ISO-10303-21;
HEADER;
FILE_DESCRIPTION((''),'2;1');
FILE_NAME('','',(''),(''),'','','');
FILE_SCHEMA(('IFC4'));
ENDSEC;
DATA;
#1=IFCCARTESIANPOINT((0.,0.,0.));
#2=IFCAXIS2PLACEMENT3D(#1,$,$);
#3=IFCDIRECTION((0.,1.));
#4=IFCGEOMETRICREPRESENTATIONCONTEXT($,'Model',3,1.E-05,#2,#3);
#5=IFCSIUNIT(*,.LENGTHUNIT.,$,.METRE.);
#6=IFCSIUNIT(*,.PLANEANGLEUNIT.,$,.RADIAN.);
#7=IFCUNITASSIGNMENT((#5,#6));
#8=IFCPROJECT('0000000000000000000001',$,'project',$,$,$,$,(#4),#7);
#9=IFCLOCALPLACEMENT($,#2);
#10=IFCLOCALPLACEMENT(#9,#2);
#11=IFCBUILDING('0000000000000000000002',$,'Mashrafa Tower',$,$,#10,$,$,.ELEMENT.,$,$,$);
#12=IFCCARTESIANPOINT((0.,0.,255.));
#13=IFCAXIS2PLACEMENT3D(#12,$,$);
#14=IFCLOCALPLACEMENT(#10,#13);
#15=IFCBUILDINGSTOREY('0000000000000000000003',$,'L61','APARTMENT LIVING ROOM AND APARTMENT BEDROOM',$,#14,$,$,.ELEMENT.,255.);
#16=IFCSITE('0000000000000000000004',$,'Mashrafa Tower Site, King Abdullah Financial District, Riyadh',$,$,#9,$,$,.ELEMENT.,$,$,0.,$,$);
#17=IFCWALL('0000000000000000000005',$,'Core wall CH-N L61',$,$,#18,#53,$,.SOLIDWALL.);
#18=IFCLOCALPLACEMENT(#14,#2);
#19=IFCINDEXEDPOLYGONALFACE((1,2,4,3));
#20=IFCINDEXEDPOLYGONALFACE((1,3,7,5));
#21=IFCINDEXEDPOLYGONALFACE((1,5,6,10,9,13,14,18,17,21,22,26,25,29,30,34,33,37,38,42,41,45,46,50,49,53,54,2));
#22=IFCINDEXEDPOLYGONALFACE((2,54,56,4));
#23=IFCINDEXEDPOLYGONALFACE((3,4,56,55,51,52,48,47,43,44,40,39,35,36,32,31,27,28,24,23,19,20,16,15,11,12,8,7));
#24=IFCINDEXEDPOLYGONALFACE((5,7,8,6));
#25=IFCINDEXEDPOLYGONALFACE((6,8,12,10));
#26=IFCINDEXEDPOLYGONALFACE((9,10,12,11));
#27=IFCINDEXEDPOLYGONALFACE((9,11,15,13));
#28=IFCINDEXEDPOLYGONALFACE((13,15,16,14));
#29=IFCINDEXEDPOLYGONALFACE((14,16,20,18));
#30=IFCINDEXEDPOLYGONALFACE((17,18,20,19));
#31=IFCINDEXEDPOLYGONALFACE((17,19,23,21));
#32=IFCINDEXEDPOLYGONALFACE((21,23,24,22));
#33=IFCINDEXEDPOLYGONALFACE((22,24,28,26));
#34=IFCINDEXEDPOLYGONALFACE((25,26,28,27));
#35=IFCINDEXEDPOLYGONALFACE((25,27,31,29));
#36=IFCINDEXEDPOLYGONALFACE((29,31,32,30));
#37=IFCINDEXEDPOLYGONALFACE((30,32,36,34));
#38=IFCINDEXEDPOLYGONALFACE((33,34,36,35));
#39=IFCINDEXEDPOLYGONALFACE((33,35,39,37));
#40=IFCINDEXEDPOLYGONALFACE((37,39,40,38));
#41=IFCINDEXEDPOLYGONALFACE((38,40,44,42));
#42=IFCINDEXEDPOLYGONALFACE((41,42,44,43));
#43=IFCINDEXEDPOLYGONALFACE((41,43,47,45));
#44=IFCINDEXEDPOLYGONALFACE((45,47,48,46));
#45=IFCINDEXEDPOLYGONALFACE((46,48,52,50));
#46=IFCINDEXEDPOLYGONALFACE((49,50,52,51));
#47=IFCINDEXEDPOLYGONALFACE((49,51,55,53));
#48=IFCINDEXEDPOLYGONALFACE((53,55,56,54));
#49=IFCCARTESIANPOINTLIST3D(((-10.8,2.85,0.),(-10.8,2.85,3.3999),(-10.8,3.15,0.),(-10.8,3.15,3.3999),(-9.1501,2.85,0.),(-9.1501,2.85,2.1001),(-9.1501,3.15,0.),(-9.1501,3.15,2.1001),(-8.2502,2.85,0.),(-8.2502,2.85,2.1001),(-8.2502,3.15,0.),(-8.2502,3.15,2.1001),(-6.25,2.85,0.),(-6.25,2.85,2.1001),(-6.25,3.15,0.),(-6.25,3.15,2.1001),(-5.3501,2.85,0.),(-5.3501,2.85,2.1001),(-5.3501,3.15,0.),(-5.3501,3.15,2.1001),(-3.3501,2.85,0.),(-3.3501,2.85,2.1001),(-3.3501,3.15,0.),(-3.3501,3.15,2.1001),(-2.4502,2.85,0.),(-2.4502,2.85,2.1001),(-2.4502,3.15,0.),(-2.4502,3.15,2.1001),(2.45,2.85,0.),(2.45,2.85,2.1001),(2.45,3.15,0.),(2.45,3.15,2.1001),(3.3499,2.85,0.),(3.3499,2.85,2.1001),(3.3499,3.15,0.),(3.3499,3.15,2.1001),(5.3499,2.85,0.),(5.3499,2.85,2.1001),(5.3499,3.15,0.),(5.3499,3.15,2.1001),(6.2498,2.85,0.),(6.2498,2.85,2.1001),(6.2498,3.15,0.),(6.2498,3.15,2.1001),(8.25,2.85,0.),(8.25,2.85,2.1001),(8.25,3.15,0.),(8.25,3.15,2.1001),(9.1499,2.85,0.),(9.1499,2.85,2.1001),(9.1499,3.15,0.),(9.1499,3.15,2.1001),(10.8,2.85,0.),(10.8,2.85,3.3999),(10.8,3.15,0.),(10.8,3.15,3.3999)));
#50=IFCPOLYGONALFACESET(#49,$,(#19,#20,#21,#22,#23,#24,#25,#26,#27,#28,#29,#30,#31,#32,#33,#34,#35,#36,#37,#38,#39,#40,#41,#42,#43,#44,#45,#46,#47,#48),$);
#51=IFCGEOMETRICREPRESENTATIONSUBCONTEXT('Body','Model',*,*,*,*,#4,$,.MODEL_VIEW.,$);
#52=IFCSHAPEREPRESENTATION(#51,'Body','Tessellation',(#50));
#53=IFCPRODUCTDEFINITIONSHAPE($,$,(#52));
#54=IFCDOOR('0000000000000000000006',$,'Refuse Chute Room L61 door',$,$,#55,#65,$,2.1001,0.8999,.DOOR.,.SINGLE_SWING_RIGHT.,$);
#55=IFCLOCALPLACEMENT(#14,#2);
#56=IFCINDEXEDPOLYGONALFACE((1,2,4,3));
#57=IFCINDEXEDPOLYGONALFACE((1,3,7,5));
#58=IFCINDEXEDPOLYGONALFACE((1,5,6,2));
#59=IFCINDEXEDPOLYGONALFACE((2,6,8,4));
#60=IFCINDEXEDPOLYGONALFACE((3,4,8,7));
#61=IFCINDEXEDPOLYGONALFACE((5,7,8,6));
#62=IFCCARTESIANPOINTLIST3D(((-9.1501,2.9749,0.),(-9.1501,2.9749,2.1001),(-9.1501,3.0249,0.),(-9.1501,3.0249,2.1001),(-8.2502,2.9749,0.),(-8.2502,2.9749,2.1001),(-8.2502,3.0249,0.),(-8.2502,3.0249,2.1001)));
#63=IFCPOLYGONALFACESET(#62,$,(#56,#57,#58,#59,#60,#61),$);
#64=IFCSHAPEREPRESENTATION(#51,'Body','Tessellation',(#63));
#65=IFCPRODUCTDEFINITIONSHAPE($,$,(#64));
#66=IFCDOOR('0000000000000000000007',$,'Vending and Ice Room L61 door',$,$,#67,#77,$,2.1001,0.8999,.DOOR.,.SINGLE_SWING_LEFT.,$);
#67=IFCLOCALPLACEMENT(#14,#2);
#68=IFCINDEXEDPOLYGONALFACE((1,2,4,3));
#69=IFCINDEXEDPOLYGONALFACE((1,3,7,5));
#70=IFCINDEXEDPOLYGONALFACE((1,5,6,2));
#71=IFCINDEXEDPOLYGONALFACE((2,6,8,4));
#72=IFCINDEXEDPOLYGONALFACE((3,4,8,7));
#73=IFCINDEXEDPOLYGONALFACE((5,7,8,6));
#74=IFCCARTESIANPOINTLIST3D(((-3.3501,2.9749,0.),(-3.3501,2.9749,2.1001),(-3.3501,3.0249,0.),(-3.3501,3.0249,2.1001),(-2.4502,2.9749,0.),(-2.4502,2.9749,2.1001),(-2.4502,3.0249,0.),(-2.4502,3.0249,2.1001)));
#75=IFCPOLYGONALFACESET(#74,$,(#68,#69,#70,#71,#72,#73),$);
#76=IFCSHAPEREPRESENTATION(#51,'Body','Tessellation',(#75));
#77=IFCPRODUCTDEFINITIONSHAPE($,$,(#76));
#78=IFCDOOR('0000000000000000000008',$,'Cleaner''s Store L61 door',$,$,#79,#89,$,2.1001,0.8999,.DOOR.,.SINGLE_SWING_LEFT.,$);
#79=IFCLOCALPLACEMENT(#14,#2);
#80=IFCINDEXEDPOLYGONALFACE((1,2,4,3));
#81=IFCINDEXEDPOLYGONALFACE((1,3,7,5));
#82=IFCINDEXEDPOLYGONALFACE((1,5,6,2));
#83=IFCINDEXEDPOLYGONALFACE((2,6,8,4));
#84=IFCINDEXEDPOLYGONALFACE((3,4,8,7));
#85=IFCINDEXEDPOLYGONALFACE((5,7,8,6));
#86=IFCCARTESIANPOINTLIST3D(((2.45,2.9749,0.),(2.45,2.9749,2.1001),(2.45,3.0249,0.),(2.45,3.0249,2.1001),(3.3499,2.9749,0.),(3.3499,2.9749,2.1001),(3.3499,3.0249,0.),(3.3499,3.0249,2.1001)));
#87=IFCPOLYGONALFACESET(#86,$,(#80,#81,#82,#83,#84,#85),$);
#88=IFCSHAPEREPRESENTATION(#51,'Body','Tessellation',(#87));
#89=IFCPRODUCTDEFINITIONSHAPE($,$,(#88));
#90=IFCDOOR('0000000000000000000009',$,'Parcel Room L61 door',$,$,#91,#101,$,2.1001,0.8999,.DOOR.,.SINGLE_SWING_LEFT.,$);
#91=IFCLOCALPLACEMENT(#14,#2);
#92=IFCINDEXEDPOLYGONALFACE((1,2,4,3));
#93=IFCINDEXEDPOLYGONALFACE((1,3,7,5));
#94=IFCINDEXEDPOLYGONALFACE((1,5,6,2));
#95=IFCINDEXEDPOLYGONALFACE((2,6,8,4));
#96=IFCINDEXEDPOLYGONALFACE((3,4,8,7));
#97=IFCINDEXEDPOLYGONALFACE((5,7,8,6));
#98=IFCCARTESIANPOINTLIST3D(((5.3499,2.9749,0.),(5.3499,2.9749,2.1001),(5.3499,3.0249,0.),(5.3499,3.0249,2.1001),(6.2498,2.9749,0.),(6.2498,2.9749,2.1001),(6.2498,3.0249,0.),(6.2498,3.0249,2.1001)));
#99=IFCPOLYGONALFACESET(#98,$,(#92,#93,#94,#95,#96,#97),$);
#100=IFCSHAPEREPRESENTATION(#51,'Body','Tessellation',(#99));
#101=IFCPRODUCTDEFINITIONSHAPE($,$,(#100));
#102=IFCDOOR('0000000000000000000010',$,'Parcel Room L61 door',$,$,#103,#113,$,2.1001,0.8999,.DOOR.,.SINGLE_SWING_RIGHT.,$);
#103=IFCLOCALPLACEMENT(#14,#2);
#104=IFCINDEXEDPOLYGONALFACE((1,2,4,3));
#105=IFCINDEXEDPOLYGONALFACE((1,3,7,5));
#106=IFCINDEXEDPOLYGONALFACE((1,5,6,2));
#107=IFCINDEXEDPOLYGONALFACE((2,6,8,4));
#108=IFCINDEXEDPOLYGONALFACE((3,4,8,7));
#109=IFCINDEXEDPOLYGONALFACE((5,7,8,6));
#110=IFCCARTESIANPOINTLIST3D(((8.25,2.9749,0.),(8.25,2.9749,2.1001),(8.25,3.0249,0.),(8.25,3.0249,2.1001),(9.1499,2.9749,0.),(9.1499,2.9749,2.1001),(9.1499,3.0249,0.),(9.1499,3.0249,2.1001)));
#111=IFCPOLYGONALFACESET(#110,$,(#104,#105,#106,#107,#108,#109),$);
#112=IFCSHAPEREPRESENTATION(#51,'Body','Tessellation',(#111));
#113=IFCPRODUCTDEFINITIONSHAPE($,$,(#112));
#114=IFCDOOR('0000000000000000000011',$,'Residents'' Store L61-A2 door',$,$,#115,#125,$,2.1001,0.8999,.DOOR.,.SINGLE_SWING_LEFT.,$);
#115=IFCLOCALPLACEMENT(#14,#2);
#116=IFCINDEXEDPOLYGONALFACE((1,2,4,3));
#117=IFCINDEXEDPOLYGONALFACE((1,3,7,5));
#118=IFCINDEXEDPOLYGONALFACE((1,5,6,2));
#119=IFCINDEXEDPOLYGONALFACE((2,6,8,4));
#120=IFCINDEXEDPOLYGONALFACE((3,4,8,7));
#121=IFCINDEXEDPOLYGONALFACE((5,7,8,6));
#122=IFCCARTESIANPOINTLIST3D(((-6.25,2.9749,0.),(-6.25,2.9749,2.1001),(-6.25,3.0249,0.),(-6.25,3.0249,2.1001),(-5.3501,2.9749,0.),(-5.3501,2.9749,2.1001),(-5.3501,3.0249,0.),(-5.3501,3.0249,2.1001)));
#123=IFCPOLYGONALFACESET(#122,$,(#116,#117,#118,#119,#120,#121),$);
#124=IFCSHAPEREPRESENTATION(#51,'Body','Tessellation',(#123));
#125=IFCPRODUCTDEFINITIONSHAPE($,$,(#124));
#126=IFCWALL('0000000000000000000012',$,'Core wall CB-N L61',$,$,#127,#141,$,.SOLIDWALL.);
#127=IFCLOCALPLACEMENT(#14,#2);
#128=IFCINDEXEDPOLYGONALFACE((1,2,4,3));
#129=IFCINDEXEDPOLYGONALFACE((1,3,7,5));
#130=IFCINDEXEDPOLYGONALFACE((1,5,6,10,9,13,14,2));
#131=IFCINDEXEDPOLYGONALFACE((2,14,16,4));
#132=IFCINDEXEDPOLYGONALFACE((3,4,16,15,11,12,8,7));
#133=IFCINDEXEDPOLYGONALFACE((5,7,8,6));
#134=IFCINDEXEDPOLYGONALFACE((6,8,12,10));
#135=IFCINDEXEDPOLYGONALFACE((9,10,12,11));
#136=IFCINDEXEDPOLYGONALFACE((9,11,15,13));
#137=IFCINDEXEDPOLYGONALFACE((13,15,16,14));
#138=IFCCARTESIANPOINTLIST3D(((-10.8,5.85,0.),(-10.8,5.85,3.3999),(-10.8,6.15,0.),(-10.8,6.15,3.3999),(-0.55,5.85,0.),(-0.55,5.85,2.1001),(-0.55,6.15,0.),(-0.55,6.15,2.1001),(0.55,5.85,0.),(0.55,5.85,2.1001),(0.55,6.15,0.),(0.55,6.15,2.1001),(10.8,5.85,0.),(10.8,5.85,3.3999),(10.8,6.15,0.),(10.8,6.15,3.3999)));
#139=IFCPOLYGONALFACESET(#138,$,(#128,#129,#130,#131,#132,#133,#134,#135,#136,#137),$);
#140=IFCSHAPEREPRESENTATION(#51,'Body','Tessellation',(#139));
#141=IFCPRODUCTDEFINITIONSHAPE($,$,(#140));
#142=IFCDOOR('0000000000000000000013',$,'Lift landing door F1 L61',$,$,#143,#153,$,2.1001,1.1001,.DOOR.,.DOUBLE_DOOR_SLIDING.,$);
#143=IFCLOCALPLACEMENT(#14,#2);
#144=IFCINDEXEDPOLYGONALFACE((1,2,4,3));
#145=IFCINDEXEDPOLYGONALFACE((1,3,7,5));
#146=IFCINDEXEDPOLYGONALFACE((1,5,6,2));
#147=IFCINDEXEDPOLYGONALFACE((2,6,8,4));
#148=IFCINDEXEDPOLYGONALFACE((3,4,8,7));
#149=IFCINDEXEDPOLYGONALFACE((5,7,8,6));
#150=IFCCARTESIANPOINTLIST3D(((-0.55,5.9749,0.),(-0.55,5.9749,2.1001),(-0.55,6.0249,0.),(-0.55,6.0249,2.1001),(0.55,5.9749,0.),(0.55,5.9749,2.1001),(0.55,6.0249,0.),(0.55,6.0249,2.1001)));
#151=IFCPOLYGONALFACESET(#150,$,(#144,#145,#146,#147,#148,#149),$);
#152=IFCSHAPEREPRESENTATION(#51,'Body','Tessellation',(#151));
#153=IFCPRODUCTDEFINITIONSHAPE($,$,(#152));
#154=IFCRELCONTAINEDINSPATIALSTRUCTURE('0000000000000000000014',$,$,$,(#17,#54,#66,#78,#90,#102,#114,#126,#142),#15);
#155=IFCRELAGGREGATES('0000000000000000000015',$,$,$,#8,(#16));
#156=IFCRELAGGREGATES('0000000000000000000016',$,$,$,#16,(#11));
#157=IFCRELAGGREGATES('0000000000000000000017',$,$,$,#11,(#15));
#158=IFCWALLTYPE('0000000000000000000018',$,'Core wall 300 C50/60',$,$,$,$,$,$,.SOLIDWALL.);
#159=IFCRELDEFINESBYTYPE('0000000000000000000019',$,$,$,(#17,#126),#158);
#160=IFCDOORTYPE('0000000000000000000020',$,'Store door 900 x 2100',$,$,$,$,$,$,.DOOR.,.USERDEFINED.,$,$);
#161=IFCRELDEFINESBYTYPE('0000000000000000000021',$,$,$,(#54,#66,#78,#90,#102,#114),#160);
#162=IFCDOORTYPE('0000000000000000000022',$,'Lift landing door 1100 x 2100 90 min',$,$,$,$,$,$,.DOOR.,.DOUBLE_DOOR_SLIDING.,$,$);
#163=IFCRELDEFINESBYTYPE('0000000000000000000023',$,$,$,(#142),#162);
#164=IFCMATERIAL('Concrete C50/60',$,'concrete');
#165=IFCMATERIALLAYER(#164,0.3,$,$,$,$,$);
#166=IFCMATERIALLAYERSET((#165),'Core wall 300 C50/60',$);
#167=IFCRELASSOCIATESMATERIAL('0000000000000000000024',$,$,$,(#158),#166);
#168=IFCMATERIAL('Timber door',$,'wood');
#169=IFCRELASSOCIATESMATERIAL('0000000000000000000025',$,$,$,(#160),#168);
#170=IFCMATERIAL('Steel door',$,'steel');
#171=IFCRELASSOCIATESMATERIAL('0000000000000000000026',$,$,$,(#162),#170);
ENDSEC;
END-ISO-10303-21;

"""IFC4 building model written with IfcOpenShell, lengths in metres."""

from ifc_helpers import new_model, si_unit, direction, frame, frame_2d, origin, place, context, subcontext, project, spatial, rectangle, extrude, material, layer, layer_set, type_object, element, fill, save


model = new_model("IFC4")

# Units and contexts
model_context = context("Model", 3, precision=1e-05, world=origin(), true_north=direction((0.0, 1.0)))
body_context = subcontext(model_context, "Body", "Model", "MODEL_VIEW")
ifc_project = project(units=[si_unit("LENGTHUNIT", "METRE"), si_unit("PLANEANGLEUNIT", "RADIAN")], contexts=[model_context])

# Site, building, storey
site_placement = place(None, origin())
site = spatial("IfcSite", under=ifc_project, at=site_placement, Name="Mashrafa Tower Site, King Abdullah Financial District, Riyadh", CompositionType="ELEMENT", RefElevation=0.0)
building_placement = place(site_placement, origin())
building = spatial("IfcBuilding", under=site, at=building_placement, Name="Mashrafa Tower", CompositionType="ELEMENT")
storey_placement = place(building_placement, frame((0.0, 0.0, 255.0)))
storey = spatial("IfcBuildingStorey", under=building, at=storey_placement, Name="L61", Description="APARTMENT LIVING ROOM AND APARTMENT BEDROOM", CompositionType="ELEMENT", Elevation=255.0)

# Wall, openings, doors
ifc_material_1 = material(Name="Concrete C50/60", Category="concrete")
ifc_layer_1 = layer(ifc_material_1, 0.3)
ifc_layer_set_1 = layer_set([ifc_layer_1], Name="Core wall 300 C50/60")
wall_type_1 = type_object("IfcWallType", Name="Core wall 300 C50/60", PredefinedType="SOLIDWALL", material=ifc_layer_set_1)
wall_1_placement = place(storey_placement, frame((-10.8, 3.0, 0.0), z_axis=(0.0, 0.0, 1.0), x_axis=(1.0, 0.0, 0.0)))
wall_1 = element("IfcWall", 1, at=wall_1_placement, inside=storey, type_object=wall_type_1, Name="Core wall CH-N L61", PredefinedType="SOLIDWALL", context=body_context, shape_type="SweptSolid", body=[
    extrude(rectangle(XDim=21.6001, YDim=0.3, at=frame_2d((10.8, 0.0))), origin(), (0.0, 0.0, 1.0), 3.3999),
])
opening_1_placement = place(wall_1_placement, frame((1.6499, 0.0, 0.0)))
opening_1 = element("IfcOpeningElement", 2, at=opening_1_placement, cuts=wall_1, PredefinedType="OPENING", context=body_context, shape_type="SweptSolid", body=[
    extrude(rectangle(XDim=0.8999, YDim=2.1001, at=frame_2d((0.45, 1.05))), frame((0.0, 0.1599, 0.0), z_axis=(0.0, -1.0, 0.0), x_axis=(1.0, 0.0, 0.0)), (0.0, 0.0, 1.0), 0.3201),
])
opening_2_placement = place(wall_1_placement, frame((7.45, 0.0, 0.0)))
opening_2 = element("IfcOpeningElement", 3, at=opening_2_placement, cuts=wall_1, PredefinedType="OPENING", context=body_context, shape_type="SweptSolid", body=[
    extrude(rectangle(XDim=0.8999, YDim=2.1001, at=frame_2d((0.45, 1.05))), frame((0.0, 0.1599, 0.0), z_axis=(0.0, -1.0, 0.0), x_axis=(1.0, 0.0, 0.0)), (0.0, 0.0, 1.0), 0.3201),
])
opening_3_placement = place(wall_1_placement, frame((13.25, 0.0, 0.0)))
opening_3 = element("IfcOpeningElement", 4, at=opening_3_placement, cuts=wall_1, PredefinedType="OPENING", context=body_context, shape_type="SweptSolid", body=[
    extrude(rectangle(XDim=0.8999, YDim=2.1001, at=frame_2d((0.45, 1.05))), frame((0.0, 0.1599, 0.0), z_axis=(0.0, -1.0, 0.0), x_axis=(1.0, 0.0, 0.0)), (0.0, 0.0, 1.0), 0.3201),
])
opening_4_placement = place(wall_1_placement, frame((16.1499, 0.0, 0.0)))
opening_4 = element("IfcOpeningElement", 5, at=opening_4_placement, cuts=wall_1, PredefinedType="OPENING", context=body_context, shape_type="SweptSolid", body=[
    extrude(rectangle(XDim=0.8999, YDim=2.1001, at=frame_2d((0.45, 1.05))), frame((0.0, 0.1599, 0.0), z_axis=(0.0, -1.0, 0.0), x_axis=(1.0, 0.0, 0.0)), (0.0, 0.0, 1.0), 0.3201),
])
opening_5_placement = place(wall_1_placement, frame((19.05, 0.0, 0.0)))
opening_5 = element("IfcOpeningElement", 6, at=opening_5_placement, cuts=wall_1, PredefinedType="OPENING", context=body_context, shape_type="SweptSolid", body=[
    extrude(rectangle(XDim=0.8999, YDim=2.1001, at=frame_2d((0.45, 1.05))), frame((0.0, 0.1599, 0.0), z_axis=(0.0, -1.0, 0.0), x_axis=(1.0, 0.0, 0.0)), (0.0, 0.0, 1.0), 0.3201),
])
opening_6_placement = place(wall_1_placement, frame((4.55, 0.0, 0.0)))
opening_6 = element("IfcOpeningElement", 7, at=opening_6_placement, cuts=wall_1, PredefinedType="OPENING", context=body_context, shape_type="SweptSolid", body=[
    extrude(rectangle(XDim=0.8999, YDim=2.1001, at=frame_2d((0.45, 1.05))), frame((0.0, 0.1599, 0.0), z_axis=(0.0, -1.0, 0.0), x_axis=(1.0, 0.0, 0.0)), (0.0, 0.0, 1.0), 0.3201),
])
ifc_material_2 = material(Name="Timber door", Category="wood")
door_type_1 = type_object("IfcDoorType", Name="Store door 900 x 2100", OperationType="USERDEFINED", PredefinedType="DOOR", material=ifc_material_2)
door_1_placement = place(opening_1_placement, origin())
door_1 = element("IfcDoor", 8, at=door_1_placement, inside=storey, type_object=door_type_1, Name="Refuse Chute Room L61 door", OperationType="SINGLE_SWING_RIGHT", OverallHeight=2.1001, OverallWidth=0.8999, PredefinedType="DOOR", context=body_context, shape_type="SweptSolid", body=[
    extrude(rectangle(XDim=0.8999, YDim=2.1001, at=frame_2d((0.45, 1.05))), frame((0.0, 0.0249, 0.0), z_axis=(0.0, -1.0, 0.0), x_axis=(1.0, 0.0, 0.0)), (0.0, 0.0, 1.0), 0.05),
])
fill(opening_1, door_1)
door_2_placement = place(opening_2_placement, origin())
door_2 = element("IfcDoor", 9, at=door_2_placement, inside=storey, type_object=door_type_1, Name="Vending and Ice Room L61 door", OperationType="SINGLE_SWING_LEFT", OverallHeight=2.1001, OverallWidth=0.8999, PredefinedType="DOOR", context=body_context, shape_type="SweptSolid", body=[
    extrude(rectangle(XDim=0.8999, YDim=2.1001, at=frame_2d((0.45, 1.05))), frame((0.0, 0.0249, 0.0), z_axis=(0.0, -1.0, 0.0), x_axis=(1.0, 0.0, 0.0)), (0.0, 0.0, 1.0), 0.05),
])
fill(opening_2, door_2)
door_3_placement = place(opening_3_placement, origin())
door_3 = element("IfcDoor", 10, at=door_3_placement, inside=storey, type_object=door_type_1, Name="Cleaner's Store L61 door", OperationType="SINGLE_SWING_LEFT", OverallHeight=2.1001, OverallWidth=0.8999, PredefinedType="DOOR", context=body_context, shape_type="SweptSolid", body=[
    extrude(rectangle(XDim=0.8999, YDim=2.1001, at=frame_2d((0.45, 1.05))), frame((0.0, 0.0249, 0.0), z_axis=(0.0, -1.0, 0.0), x_axis=(1.0, 0.0, 0.0)), (0.0, 0.0, 1.0), 0.05),
])
fill(opening_3, door_3)
door_4_placement = place(opening_4_placement, origin())
door_4 = element("IfcDoor", 11, at=door_4_placement, inside=storey, type_object=door_type_1, Name="Parcel Room L61 door", OperationType="SINGLE_SWING_LEFT", OverallHeight=2.1001, OverallWidth=0.8999, PredefinedType="DOOR", context=body_context, shape_type="SweptSolid", body=[
    extrude(rectangle(XDim=0.8999, YDim=2.1001, at=frame_2d((0.45, 1.05))), frame((0.0, 0.0249, 0.0), z_axis=(0.0, -1.0, 0.0), x_axis=(1.0, 0.0, 0.0)), (0.0, 0.0, 1.0), 0.05),
])
fill(opening_4, door_4)
door_5_placement = place(opening_5_placement, origin())
door_5 = element("IfcDoor", 12, at=door_5_placement, inside=storey, type_object=door_type_1, Name="Parcel Room L61 door", OperationType="SINGLE_SWING_RIGHT", OverallHeight=2.1001, OverallWidth=0.8999, PredefinedType="DOOR", context=body_context, shape_type="SweptSolid", body=[
    extrude(rectangle(XDim=0.8999, YDim=2.1001, at=frame_2d((0.45, 1.05))), frame((0.0, 0.0249, 0.0), z_axis=(0.0, -1.0, 0.0), x_axis=(1.0, 0.0, 0.0)), (0.0, 0.0, 1.0), 0.05),
])
fill(opening_5, door_5)
door_6_placement = place(opening_6_placement, origin())
door_6 = element("IfcDoor", 13, at=door_6_placement, inside=storey, type_object=door_type_1, Name="Residents' Store L61-A2 door", OperationType="SINGLE_SWING_LEFT", OverallHeight=2.1001, OverallWidth=0.8999, PredefinedType="DOOR", context=body_context, shape_type="SweptSolid", body=[
    extrude(rectangle(XDim=0.8999, YDim=2.1001, at=frame_2d((0.45, 1.05))), frame((0.0, 0.0249, 0.0), z_axis=(0.0, -1.0, 0.0), x_axis=(1.0, 0.0, 0.0)), (0.0, 0.0, 1.0), 0.05),
])
fill(opening_6, door_6)

# Wall, opening, door
wall_2_placement = place(storey_placement, frame((-10.8, 6.0, 0.0), z_axis=(0.0, 0.0, 1.0), x_axis=(1.0, 0.0, 0.0)))
wall_2 = element("IfcWall", 14, at=wall_2_placement, inside=storey, type_object=wall_type_1, Name="Core wall CB-N L61", PredefinedType="SOLIDWALL", context=body_context, shape_type="SweptSolid", body=[
    extrude(rectangle(XDim=21.6001, YDim=0.3, at=frame_2d((10.8, 0.0))), origin(), (0.0, 0.0, 1.0), 3.3999),
])
opening_7_placement = place(wall_2_placement, frame((10.25, 0.0, 0.0)))
opening_7 = element("IfcOpeningElement", 15, at=opening_7_placement, cuts=wall_2, PredefinedType="OPENING", context=body_context, shape_type="SweptSolid", body=[
    extrude(rectangle(XDim=1.1001, YDim=2.1001, at=frame_2d((0.55, 1.05))), frame((0.0, 0.1599, 0.0), z_axis=(0.0, -1.0, 0.0), x_axis=(1.0, 0.0, 0.0)), (0.0, 0.0, 1.0), 0.3201),
])
ifc_material_3 = material(Name="Steel door", Category="steel")
door_type_2 = type_object("IfcDoorType", Name="Lift landing door 1100 x 2100 90 min", OperationType="DOUBLE_DOOR_SLIDING", PredefinedType="DOOR", material=ifc_material_3)
door_7_placement = place(opening_7_placement, origin())
door_7 = element("IfcDoor", 16, at=door_7_placement, inside=storey, type_object=door_type_2, Name="Lift landing door F1 L61", OperationType="DOUBLE_DOOR_SLIDING", OverallHeight=2.1001, OverallWidth=1.1001, PredefinedType="DOOR", context=body_context, shape_type="SweptSolid", body=[
    extrude(rectangle(XDim=1.1001, YDim=2.1001, at=frame_2d((0.55, 1.05))), frame((0.0, 0.0249, 0.0), z_axis=(0.0, -1.0, 0.0), x_axis=(1.0, 0.0, 0.0)), (0.0, 0.0, 1.0), 0.05),
])
fill(opening_7, door_7)

save(model, "model.ifc")
